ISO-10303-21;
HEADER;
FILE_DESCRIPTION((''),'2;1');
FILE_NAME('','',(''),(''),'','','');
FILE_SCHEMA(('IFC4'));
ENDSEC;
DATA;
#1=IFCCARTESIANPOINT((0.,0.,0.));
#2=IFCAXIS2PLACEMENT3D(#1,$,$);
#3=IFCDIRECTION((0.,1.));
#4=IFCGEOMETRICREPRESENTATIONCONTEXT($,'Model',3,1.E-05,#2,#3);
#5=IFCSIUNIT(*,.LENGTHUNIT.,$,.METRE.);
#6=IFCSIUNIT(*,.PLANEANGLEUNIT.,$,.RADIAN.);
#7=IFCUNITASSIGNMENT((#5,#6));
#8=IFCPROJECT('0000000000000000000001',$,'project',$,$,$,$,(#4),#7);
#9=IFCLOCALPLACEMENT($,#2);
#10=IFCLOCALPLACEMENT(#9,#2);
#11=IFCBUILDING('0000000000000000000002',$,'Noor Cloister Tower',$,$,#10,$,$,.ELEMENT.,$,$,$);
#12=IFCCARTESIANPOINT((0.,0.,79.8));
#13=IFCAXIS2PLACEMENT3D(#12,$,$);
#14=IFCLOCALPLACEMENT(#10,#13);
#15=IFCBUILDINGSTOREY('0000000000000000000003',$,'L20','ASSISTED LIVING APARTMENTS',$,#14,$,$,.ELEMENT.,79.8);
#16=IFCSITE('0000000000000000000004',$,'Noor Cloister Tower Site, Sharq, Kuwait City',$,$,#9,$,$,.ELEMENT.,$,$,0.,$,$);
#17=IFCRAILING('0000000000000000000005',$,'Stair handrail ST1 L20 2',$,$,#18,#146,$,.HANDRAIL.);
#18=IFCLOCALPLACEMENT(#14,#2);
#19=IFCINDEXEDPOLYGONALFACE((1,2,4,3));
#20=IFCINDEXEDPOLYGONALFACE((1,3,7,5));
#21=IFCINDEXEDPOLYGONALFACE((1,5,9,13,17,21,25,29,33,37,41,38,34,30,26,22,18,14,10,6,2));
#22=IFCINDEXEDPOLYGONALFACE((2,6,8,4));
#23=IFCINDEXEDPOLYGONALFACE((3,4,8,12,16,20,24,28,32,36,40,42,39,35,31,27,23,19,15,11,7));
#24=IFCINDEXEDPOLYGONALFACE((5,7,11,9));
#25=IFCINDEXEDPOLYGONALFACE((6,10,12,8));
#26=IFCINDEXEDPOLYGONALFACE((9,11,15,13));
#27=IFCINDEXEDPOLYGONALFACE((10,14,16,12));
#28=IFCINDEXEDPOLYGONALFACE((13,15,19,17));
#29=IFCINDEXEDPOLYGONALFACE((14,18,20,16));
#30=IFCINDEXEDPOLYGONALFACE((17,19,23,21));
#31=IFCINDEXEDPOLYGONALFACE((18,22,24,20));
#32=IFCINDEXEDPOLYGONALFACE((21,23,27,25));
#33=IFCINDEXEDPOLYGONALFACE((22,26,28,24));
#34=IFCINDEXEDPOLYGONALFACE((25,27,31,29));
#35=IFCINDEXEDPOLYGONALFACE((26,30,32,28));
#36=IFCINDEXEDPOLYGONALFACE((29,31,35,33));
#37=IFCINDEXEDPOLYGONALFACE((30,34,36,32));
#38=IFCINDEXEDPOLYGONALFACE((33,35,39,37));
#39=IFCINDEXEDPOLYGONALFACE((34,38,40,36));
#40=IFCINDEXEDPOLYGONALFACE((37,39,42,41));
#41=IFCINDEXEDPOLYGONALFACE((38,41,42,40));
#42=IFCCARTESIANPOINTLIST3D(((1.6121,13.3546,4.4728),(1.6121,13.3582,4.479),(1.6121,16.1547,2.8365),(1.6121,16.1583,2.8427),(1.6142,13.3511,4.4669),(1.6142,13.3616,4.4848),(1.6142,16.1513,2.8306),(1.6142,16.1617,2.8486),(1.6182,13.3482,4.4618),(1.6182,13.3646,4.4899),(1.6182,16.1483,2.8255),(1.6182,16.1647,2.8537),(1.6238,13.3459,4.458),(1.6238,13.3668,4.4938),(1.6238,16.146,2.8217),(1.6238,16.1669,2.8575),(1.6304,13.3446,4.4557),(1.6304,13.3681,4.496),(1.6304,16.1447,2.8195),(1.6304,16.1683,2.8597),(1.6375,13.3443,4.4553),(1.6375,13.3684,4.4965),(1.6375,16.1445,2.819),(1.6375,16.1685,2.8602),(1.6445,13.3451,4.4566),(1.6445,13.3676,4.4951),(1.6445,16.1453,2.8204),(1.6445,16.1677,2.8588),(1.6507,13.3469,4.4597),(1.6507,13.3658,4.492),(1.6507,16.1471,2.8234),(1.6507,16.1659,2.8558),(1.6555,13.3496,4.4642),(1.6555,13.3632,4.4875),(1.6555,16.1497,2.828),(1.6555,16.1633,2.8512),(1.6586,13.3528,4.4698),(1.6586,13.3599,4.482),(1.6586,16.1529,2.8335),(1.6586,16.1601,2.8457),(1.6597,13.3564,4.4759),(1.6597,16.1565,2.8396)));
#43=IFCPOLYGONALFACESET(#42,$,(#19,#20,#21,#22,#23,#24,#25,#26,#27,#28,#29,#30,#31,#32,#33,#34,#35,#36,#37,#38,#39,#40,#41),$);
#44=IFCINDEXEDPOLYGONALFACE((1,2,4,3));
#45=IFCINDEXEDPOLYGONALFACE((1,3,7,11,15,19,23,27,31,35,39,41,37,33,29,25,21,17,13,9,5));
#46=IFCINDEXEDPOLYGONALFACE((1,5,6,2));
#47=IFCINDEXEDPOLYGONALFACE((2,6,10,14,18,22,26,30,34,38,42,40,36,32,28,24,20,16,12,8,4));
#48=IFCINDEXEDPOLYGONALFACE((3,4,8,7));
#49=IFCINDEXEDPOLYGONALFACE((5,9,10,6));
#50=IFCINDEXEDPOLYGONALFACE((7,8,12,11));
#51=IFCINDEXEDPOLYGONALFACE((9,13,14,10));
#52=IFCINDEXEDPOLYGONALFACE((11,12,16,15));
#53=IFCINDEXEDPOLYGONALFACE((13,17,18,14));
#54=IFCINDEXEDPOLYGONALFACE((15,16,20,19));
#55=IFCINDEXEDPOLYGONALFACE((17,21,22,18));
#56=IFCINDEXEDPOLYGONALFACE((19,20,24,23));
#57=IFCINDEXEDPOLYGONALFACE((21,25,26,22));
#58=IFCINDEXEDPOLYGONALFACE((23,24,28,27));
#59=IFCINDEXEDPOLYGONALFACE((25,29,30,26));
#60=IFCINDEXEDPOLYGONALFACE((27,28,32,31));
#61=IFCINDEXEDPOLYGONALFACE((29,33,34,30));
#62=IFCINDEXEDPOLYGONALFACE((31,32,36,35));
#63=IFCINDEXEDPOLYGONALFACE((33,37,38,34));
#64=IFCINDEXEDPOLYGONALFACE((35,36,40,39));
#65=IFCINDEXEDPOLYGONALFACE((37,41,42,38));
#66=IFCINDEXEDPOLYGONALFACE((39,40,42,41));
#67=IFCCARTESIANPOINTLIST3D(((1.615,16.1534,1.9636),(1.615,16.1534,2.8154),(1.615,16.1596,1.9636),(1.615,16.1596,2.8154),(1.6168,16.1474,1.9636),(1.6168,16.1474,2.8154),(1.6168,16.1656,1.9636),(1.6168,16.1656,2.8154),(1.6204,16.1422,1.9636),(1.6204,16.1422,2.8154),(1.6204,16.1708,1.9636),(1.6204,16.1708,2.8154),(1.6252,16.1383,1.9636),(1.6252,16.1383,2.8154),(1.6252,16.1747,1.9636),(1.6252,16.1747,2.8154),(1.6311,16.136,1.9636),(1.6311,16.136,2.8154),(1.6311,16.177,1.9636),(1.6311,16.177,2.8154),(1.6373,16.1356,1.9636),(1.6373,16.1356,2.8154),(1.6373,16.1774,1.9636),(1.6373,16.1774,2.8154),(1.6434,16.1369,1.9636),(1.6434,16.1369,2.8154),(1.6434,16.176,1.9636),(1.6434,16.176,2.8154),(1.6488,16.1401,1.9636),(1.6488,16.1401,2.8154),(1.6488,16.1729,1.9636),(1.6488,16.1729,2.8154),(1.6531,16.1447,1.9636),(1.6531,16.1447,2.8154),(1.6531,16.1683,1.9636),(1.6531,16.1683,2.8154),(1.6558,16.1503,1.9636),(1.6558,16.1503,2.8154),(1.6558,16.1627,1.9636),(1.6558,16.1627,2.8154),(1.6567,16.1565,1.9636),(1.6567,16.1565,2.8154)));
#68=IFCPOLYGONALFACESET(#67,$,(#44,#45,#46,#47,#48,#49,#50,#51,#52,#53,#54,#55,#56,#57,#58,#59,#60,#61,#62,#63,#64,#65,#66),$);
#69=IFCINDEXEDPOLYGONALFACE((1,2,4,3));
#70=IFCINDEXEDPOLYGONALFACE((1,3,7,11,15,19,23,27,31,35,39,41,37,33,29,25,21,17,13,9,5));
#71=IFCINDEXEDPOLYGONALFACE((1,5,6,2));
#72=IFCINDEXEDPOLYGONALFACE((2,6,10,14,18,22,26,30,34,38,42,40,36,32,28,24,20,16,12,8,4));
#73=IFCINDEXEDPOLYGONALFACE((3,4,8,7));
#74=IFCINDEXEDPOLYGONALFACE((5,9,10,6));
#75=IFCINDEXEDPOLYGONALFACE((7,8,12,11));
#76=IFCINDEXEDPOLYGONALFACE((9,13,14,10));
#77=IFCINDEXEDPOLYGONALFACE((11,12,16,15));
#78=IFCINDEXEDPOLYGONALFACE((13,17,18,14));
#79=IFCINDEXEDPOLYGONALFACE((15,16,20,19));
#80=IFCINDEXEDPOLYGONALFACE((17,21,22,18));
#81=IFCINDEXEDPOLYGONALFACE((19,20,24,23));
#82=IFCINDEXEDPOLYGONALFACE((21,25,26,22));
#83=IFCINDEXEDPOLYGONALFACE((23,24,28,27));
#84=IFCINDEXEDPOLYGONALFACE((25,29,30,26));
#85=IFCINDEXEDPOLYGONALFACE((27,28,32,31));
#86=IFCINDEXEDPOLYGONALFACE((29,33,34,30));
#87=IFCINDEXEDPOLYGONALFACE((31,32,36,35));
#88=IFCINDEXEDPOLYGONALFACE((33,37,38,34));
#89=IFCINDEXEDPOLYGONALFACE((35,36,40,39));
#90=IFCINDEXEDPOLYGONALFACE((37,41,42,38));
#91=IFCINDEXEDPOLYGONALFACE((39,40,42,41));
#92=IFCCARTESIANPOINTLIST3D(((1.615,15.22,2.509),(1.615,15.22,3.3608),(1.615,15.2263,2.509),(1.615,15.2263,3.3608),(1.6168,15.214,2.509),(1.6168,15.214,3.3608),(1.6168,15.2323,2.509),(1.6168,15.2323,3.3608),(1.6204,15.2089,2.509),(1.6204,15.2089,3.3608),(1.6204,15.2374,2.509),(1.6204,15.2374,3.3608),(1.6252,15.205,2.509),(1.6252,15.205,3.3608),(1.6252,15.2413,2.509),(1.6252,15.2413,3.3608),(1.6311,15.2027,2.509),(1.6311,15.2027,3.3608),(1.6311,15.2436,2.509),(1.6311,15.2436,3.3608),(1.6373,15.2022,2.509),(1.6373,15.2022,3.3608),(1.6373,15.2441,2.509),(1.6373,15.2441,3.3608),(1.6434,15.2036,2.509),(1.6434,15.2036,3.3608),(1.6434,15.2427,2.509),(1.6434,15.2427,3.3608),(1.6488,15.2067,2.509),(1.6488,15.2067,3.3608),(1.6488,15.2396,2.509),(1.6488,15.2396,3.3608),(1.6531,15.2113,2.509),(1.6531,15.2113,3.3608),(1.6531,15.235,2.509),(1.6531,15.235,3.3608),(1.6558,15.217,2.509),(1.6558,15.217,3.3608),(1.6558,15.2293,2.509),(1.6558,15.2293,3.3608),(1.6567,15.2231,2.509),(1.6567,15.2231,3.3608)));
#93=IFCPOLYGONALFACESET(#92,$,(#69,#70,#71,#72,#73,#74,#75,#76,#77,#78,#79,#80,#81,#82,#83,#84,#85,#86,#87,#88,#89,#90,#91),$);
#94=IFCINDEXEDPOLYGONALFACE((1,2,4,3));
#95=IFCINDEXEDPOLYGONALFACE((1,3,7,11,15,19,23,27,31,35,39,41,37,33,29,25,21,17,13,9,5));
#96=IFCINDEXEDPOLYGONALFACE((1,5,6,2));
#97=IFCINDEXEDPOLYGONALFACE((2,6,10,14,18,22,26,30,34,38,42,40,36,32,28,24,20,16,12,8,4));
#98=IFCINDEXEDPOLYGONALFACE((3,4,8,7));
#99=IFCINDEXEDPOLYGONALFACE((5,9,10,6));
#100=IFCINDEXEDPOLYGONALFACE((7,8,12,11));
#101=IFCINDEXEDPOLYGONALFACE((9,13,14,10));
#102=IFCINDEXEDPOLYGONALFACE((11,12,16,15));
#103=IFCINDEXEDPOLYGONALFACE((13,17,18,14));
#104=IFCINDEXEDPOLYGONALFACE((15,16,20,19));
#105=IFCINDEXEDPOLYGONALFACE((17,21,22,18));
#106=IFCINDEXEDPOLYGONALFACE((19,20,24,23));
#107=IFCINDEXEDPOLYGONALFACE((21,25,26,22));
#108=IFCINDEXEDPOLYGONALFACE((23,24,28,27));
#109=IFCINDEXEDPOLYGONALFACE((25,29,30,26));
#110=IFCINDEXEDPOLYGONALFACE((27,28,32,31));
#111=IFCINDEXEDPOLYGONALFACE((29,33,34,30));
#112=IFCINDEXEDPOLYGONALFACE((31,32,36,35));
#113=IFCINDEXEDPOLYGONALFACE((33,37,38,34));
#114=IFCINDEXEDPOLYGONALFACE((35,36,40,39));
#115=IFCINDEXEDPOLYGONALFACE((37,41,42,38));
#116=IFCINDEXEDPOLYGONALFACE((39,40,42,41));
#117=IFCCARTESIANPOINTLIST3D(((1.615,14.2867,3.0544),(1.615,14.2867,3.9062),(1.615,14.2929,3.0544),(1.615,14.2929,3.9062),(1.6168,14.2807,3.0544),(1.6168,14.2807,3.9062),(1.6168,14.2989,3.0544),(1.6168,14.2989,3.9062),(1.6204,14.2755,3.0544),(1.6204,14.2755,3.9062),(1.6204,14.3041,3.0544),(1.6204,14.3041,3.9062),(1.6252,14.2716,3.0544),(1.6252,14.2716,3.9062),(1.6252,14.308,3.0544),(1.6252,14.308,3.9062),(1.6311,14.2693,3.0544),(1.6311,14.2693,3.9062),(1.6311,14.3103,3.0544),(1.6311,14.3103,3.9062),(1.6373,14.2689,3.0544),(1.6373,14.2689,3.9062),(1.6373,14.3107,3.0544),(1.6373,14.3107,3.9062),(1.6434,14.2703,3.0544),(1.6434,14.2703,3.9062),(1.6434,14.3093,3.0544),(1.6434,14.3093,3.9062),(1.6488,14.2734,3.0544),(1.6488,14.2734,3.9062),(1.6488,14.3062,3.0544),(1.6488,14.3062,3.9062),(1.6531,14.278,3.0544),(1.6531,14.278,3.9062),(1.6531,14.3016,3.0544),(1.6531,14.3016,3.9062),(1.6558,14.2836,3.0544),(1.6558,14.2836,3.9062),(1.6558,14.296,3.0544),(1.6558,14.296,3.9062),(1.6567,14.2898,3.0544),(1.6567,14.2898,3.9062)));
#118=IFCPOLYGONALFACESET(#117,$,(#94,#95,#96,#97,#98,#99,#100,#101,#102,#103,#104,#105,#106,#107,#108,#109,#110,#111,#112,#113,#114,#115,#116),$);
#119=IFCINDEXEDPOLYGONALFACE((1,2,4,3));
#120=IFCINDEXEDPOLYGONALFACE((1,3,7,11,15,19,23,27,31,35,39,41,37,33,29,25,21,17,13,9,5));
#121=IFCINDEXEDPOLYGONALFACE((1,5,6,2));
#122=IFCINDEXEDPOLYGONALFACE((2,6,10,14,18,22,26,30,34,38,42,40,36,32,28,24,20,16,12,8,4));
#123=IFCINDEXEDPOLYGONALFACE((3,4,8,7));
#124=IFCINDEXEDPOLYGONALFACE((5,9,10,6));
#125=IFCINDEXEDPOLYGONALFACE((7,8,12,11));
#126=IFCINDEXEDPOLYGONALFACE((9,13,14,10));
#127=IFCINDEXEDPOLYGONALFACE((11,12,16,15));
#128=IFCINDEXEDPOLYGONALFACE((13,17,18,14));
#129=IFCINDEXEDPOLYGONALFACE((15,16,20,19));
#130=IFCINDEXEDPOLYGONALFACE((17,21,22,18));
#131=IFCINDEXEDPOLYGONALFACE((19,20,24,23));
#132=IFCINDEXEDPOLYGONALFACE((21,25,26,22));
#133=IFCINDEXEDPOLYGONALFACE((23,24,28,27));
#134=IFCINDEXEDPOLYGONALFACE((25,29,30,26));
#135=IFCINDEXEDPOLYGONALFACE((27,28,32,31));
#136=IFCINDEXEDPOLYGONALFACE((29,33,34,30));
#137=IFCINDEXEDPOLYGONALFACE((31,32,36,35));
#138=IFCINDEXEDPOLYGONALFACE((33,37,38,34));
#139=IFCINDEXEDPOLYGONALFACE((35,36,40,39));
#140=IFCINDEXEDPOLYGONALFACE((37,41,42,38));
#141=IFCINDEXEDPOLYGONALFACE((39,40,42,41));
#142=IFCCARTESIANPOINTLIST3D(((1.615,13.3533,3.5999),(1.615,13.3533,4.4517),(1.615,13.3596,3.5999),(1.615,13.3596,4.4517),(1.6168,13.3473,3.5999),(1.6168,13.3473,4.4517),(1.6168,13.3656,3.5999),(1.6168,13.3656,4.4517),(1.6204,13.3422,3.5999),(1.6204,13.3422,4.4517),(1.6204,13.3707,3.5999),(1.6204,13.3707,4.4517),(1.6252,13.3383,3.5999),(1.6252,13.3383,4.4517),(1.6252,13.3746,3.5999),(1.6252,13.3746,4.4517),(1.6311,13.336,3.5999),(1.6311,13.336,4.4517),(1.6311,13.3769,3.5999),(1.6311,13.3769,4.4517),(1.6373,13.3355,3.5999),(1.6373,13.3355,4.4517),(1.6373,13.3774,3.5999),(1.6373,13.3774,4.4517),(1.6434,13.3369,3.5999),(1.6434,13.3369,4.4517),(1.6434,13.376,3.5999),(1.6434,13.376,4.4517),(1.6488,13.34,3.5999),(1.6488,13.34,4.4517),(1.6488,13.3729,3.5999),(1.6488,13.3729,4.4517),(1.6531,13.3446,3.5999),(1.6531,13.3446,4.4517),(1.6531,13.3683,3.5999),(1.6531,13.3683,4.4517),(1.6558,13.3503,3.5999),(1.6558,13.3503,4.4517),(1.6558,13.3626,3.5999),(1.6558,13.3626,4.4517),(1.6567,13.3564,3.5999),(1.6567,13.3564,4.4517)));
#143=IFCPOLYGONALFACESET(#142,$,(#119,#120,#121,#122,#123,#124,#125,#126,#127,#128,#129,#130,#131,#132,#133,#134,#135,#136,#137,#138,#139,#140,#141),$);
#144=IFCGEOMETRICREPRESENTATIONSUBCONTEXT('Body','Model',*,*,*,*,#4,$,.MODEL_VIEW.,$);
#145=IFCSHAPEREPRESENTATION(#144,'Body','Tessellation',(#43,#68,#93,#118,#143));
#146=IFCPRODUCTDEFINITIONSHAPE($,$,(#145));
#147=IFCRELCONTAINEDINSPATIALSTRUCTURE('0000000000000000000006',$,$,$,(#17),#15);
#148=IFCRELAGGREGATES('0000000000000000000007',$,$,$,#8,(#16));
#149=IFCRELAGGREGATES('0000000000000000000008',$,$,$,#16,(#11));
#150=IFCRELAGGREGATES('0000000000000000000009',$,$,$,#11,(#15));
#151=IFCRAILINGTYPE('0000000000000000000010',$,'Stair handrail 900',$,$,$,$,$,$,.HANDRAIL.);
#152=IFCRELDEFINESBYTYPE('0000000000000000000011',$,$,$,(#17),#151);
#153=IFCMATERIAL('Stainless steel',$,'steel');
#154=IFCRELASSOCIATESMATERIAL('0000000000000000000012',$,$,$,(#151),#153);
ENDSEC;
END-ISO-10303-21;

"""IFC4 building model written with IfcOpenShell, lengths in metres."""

from ifc_helpers import new_model, si_unit, direction, frame, origin, origin_2d, place, context, subcontext, project, spatial, circle, extrude, material, type_object, element, save


model = new_model("IFC4")

# Units and contexts
model_context = context("Model", 3, precision=1e-05, world=origin(), true_north=direction((0.0, 1.0)))
body_context = subcontext(model_context, "Body", "Model", "MODEL_VIEW")
ifc_project = project(units=[si_unit("LENGTHUNIT", "METRE"), si_unit("PLANEANGLEUNIT", "RADIAN")], contexts=[model_context])

# Site, building, storey
site_placement = place(None, origin())
site = spatial("IfcSite", under=ifc_project, at=site_placement, Name="Noor Cloister Tower Site, Sharq, Kuwait City", CompositionType="ELEMENT", RefElevation=0.0)
building_placement = place(site_placement, origin())
building = spatial("IfcBuilding", under=site, at=building_placement, Name="Noor Cloister Tower", CompositionType="ELEMENT")
storey_placement = place(building_placement, frame((0.0, 0.0, 79.8)))
storey = spatial("IfcBuildingStorey", under=building, at=storey_placement, Name="L20", Description="ASSISTED LIVING APARTMENTS", CompositionType="ELEMENT", Elevation=79.8)

# Railing
ifc_material_1 = material(Name="Stainless steel", Category="steel")
railing_type_1 = type_object("IfcRailingType", Name="Stair handrail 900", PredefinedType="HANDRAIL", material=ifc_material_1)
railing_1_placement = place(storey_placement, frame((1.6357, 16.1565, 1.9636)))
element("IfcRailing", 1, at=railing_1_placement, inside=storey, type_object=railing_type_1, Name="Stair handrail ST1 L20 2", PredefinedType="HANDRAIL", context=body_context, shape_type="SweptSolid", body=[
    extrude(circle(Radius=0.0239, at=origin_2d()), frame((0.0, 0.0, 0.876), z_axis=(0.0, -0.863394, 0.504531), x_axis=(1.0, 0.0, 0.0)), (0.0, 0.0, 1.0), 3.2432),
    extrude(circle(Radius=0.021, at=origin_2d()), origin(), (0.0, 0.0, 1.0), 0.8518),
    extrude(circle(Radius=0.021, at=origin_2d()), frame((0.0, -0.9333, 0.5454)), (0.0, 0.0, 1.0), 0.8518),
    extrude(circle(Radius=0.021, at=origin_2d()), frame((0.0, -1.8667, 1.0908)), (0.0, 0.0, 1.0), 0.8518),
    extrude(circle(Radius=0.021, at=origin_2d()), frame((0.0, -2.8, 1.6362)), (0.0, 0.0, 1.0), 0.8518),
])

save(model, "model.ifc")
